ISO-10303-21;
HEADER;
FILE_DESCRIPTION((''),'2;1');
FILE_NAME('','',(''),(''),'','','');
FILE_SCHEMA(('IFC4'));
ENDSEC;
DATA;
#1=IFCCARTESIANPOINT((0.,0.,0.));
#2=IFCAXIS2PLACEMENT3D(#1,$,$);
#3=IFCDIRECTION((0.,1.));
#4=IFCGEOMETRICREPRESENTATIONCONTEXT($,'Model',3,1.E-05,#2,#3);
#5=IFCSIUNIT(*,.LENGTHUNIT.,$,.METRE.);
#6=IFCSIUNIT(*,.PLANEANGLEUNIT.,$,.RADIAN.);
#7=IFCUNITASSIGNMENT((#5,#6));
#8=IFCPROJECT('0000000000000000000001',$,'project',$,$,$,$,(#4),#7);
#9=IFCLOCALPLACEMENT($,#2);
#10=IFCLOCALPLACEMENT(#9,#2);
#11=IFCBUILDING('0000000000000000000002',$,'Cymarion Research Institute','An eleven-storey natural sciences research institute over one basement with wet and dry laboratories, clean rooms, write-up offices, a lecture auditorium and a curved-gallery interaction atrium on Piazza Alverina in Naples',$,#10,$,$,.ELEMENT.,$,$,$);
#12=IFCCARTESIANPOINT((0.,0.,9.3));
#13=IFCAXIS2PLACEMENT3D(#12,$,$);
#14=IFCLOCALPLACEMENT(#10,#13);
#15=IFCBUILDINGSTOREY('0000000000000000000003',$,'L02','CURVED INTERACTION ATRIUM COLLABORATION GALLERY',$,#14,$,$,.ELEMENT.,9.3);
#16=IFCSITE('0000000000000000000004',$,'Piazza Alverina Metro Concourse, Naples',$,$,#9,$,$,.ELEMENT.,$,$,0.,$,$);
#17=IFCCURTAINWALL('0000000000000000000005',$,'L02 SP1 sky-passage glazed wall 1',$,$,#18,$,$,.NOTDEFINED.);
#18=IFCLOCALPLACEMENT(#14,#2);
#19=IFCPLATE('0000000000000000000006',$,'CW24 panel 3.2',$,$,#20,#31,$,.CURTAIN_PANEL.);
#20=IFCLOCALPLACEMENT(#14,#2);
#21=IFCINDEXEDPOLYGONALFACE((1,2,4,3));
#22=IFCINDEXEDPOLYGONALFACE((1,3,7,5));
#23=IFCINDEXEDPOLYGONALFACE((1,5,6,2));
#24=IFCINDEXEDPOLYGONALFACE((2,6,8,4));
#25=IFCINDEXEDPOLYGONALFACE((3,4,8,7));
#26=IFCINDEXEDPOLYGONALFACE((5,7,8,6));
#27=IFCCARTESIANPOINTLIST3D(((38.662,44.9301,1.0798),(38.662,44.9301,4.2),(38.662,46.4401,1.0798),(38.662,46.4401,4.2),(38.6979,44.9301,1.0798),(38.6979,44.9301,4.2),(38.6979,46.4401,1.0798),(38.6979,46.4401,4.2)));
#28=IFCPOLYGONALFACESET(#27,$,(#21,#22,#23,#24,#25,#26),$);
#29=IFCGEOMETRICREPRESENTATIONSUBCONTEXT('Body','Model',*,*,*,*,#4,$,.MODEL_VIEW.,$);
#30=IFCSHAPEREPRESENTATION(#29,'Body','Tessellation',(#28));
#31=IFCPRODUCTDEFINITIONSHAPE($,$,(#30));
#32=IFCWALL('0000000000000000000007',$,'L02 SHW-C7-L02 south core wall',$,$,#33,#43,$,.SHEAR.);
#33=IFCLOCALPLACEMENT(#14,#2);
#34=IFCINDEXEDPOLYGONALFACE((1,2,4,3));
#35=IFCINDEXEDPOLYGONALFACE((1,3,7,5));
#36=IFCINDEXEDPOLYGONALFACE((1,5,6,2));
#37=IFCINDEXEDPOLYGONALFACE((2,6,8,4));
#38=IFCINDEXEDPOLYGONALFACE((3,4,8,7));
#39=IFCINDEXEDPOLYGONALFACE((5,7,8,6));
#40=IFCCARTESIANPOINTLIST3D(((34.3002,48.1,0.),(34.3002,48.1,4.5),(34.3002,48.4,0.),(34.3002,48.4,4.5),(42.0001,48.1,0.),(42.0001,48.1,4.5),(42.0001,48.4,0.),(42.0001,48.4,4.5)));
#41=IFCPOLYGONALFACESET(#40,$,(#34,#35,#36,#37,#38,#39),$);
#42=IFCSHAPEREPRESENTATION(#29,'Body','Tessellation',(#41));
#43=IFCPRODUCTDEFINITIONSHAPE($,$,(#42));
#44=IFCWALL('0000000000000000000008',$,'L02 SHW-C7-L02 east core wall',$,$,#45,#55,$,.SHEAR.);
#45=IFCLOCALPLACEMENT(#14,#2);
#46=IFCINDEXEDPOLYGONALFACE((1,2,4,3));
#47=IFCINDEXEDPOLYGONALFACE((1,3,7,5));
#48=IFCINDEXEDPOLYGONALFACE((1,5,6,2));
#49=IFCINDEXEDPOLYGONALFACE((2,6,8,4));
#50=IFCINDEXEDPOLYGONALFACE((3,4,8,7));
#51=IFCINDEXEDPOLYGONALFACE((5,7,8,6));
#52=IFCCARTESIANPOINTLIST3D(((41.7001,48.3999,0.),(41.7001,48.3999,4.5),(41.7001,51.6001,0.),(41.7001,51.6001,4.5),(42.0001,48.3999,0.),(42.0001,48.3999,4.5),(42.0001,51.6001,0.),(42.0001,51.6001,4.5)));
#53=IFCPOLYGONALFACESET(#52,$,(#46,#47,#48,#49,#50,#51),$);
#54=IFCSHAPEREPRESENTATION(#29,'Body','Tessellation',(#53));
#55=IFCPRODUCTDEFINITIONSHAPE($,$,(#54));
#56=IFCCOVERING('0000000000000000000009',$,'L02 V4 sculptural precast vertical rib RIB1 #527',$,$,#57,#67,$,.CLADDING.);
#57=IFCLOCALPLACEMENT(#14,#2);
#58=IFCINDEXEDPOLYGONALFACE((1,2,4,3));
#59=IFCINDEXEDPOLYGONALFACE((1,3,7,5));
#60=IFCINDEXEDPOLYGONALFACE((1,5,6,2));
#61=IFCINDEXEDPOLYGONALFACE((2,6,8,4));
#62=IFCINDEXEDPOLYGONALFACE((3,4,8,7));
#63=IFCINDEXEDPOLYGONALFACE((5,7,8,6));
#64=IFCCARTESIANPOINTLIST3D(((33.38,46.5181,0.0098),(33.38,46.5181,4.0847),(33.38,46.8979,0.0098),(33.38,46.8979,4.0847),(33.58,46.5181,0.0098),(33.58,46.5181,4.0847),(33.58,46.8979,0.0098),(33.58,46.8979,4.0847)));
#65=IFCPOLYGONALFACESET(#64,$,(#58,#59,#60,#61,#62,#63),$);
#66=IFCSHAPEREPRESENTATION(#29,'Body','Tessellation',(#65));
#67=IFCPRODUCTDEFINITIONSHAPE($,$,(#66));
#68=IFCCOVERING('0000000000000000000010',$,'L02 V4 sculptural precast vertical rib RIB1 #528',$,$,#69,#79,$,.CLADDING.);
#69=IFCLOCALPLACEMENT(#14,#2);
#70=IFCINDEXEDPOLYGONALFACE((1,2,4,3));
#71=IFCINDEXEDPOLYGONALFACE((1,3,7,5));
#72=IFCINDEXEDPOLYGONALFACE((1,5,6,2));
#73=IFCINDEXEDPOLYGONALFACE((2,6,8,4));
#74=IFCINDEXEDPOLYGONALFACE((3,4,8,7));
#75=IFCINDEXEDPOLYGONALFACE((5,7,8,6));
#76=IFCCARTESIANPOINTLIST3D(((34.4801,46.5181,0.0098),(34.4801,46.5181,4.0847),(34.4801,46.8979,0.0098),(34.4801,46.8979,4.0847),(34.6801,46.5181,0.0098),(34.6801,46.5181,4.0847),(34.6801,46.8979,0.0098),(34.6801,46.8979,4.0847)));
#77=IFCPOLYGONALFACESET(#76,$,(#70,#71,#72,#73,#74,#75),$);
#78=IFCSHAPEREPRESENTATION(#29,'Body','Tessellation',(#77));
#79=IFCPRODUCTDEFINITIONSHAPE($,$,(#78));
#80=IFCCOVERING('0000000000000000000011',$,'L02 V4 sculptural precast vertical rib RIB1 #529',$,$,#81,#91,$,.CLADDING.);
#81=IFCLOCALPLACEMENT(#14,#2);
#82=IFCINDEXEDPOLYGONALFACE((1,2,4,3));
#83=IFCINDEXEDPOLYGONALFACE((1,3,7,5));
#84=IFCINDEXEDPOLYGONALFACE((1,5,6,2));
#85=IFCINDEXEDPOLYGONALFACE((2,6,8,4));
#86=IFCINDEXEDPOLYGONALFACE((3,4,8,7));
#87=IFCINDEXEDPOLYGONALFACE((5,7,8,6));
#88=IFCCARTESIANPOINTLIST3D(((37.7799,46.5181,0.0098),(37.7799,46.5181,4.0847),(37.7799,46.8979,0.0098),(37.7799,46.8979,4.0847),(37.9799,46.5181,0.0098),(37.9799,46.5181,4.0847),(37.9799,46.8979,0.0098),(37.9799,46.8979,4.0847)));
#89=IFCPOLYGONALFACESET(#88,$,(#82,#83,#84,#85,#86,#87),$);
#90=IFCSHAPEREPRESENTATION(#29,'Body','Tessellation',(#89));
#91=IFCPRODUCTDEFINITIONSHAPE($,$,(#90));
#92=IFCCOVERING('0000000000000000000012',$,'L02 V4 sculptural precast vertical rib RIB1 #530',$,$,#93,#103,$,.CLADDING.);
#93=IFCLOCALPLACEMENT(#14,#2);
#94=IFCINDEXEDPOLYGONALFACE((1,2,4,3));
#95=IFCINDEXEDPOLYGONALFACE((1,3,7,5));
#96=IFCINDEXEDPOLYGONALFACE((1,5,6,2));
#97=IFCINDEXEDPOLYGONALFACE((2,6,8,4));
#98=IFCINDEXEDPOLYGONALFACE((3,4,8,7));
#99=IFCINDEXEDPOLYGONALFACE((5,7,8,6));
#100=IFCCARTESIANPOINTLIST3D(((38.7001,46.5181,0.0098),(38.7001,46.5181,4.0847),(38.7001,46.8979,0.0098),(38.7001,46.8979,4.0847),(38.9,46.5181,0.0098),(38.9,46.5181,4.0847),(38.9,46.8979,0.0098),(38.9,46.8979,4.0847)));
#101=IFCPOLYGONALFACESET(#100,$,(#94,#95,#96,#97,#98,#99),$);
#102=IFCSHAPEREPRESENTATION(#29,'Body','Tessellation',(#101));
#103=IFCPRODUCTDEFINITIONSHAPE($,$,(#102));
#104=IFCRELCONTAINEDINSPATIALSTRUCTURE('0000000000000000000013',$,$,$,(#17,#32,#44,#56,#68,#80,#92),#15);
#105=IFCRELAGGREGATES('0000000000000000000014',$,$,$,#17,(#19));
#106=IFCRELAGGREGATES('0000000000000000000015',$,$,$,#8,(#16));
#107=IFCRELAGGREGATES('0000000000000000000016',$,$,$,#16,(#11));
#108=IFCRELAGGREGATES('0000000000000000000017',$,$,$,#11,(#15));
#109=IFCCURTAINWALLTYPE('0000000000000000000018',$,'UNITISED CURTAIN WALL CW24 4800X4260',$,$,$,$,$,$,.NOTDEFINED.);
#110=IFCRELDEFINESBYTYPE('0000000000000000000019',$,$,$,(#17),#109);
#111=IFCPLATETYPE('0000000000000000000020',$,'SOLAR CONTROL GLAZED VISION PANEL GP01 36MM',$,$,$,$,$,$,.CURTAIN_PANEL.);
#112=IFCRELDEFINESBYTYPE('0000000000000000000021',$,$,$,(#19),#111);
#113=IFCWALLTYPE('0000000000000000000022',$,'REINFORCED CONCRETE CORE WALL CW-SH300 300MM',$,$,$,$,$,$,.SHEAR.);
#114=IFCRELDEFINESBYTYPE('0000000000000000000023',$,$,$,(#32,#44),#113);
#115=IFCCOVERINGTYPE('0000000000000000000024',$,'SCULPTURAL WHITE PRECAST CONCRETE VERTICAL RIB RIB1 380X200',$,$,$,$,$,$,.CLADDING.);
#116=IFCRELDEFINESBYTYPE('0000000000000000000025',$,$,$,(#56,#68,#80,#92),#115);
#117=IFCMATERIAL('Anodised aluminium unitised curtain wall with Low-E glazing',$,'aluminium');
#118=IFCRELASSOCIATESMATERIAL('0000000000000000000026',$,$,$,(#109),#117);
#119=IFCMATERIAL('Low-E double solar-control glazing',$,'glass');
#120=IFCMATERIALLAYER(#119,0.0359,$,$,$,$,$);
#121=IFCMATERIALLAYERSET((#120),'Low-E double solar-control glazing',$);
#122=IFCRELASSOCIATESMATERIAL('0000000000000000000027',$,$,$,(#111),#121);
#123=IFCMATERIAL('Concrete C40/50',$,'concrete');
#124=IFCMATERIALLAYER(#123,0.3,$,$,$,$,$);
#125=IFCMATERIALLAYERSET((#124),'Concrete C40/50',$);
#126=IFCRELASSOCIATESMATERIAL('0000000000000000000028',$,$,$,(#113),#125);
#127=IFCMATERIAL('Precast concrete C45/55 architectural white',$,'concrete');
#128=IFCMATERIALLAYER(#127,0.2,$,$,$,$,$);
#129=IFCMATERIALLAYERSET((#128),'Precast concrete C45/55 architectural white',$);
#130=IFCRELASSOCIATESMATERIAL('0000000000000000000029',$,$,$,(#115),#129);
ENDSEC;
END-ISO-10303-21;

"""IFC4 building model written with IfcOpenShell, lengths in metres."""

from ifc_helpers import new_model, si_unit, direction, frame, frame_2d, origin, origin_2d, place, context, subcontext, project, spatial, rectangle, extrude, material, layer, layer_set, type_object, element, aggregate, save


model = new_model("IFC4")

# Units and contexts
model_context = context("Model", 3, precision=1e-05, world=origin(), true_north=direction((0.0, 1.0)))
body_context = subcontext(model_context, "Body", "Model", "MODEL_VIEW")
ifc_project = project(units=[si_unit("LENGTHUNIT", "METRE"), si_unit("PLANEANGLEUNIT", "RADIAN")], contexts=[model_context])

# Site, building, storey
site_placement = place(None, origin())
site = spatial("IfcSite", under=ifc_project, at=site_placement, Name="Piazza Alverina Metro Concourse, Naples", CompositionType="ELEMENT", RefElevation=0.0)
building_placement = place(site_placement, origin())
building = spatial("IfcBuilding", under=site, at=building_placement, Name="Cymarion Research Institute", Description="An eleven-storey natural sciences research institute over one basement with wet and dry laboratories, clean rooms, write-up offices, a lecture auditorium and a curved-gallery interaction atrium on Piazza Alverina in Naples", CompositionType="ELEMENT")
storey_placement = place(building_placement, frame((0.0, 0.0, 9.3)))
storey = spatial("IfcBuildingStorey", under=building, at=storey_placement, Name="L02", Description="CURVED INTERACTION ATRIUM COLLABORATION GALLERY", CompositionType="ELEMENT", Elevation=9.3)

# Curtain wall
ifc_material_1 = material(Name="Anodised aluminium unitised curtain wall with Low-E glazing", Category="aluminium")
curtain_wall_type = type_object("IfcCurtainWallType", Name="UNITISED CURTAIN WALL CW24 4800X4260", PredefinedType="NOTDEFINED", material=ifc_material_1)
curtain_wall_placement = place(storey_placement, origin())
curtain_wall = element("IfcCurtainWall", 1, at=curtain_wall_placement, inside=storey, type_object=curtain_wall_type, Name="L02 SP1 sky-passage glazed wall 1", PredefinedType="NOTDEFINED")

# Plate
ifc_material_2 = material(Name="Low-E double solar-control glazing", Category="glass")
ifc_layer_1 = layer(ifc_material_2, 0.0359)
ifc_layer_set_1 = layer_set([ifc_layer_1], Name="Low-E double solar-control glazing")
plate_type_1 = type_object("IfcPlateType", Name="SOLAR CONTROL GLAZED VISION PANEL GP01 36MM", PredefinedType="CURTAIN_PANEL", material=ifc_layer_set_1)
plate_1_placement = place(storey_placement, frame((38.6799, 45.6851, 1.0798), z_axis=(0.0, 0.0, 1.0), x_axis=(0.0, 1.0, 0.0)))
plate_1 = element("IfcPlate", 2, at=plate_1_placement, type_object=plate_type_1, Name="CW24 panel 3.2", PredefinedType="CURTAIN_PANEL", context=body_context, shape_type="SweptSolid", body=[
    extrude(rectangle(XDim=1.51, YDim=0.0359, at=origin_2d()), origin(), (0.0, 0.0, 1.0), 3.1201),
])
aggregate(curtain_wall, [plate_1])

# Walls
ifc_material_3 = material(Name="Concrete C40/50", Category="concrete")
ifc_layer_2 = layer(ifc_material_3, 0.3)
ifc_layer_set_2 = layer_set([ifc_layer_2], Name="Concrete C40/50")
wall_type = type_object("IfcWallType", Name="REINFORCED CONCRETE CORE WALL CW-SH300 300MM", PredefinedType="SHEAR", material=ifc_layer_set_2)
wall_1_placement = place(storey_placement, frame((34.3, 48.25, 0.0), z_axis=(0.0, 0.0, 1.0), x_axis=(1.0, 0.0, 0.0)))
element("IfcWall", 3, at=wall_1_placement, inside=storey, type_object=wall_type, Name="L02 SHW-C7-L02 south core wall", PredefinedType="SHEAR", context=body_context, shape_type="SweptSolid", body=[
    extrude(rectangle(XDim=7.7, YDim=0.3, at=frame_2d((3.8501, 0.0))), origin(), (0.0, 0.0, 1.0), 4.5),
])
wall_2_placement = place(storey_placement, frame((41.8501, 48.3999, 0.0), z_axis=(0.0, 0.0, 1.0), x_axis=(0.0, 1.0, 0.0)))
element("IfcWall", 4, at=wall_2_placement, inside=storey, type_object=wall_type, Name="L02 SHW-C7-L02 east core wall", PredefinedType="SHEAR", context=body_context, shape_type="SweptSolid", body=[
    extrude(rectangle(XDim=3.2002, YDim=0.3, at=frame_2d((1.6001, 0.0))), origin(), (0.0, 0.0, 1.0), 4.5),
])

# Coverings
ifc_material_4 = material(Name="Precast concrete C45/55 architectural white", Category="concrete")
ifc_layer_3 = layer(ifc_material_4, 0.2)
ifc_layer_set_3 = layer_set([ifc_layer_3], Name="Precast concrete C45/55 architectural white")
covering_type = type_object("IfcCoveringType", Name="SCULPTURAL WHITE PRECAST CONCRETE VERTICAL RIB RIB1 380X200", PredefinedType="CLADDING", material=ifc_layer_set_3)
for number, where, z_axis, x_axis, name in (
    (5, (33.48, 46.708, 0.0098), (0.0, 0.0, 1.0), (0.0, -1.0, 0.0), "L02 V4 sculptural precast vertical rib RIB1 #527"),
    (6, (34.5801, 46.708, 0.0098), (0.0, 0.0, 1.0), (0.0, -1.0, 0.0), "L02 V4 sculptural precast vertical rib RIB1 #528"),
    (7, (37.8799, 46.708, 0.0098), (0.0, 0.0, 1.0), (0.0, -1.0, 0.0), "L02 V4 sculptural precast vertical rib RIB1 #529"),
    (8, (38.8, 46.708, 0.0098), (0.0, 0.0, 1.0), (0.0, -1.0, 0.0), "L02 V4 sculptural precast vertical rib RIB1 #530"),
):
    element("IfcCovering", number, at=place(storey_placement, frame(where, z_axis=z_axis, x_axis=x_axis)), inside=storey, type_object=covering_type, Name=name, PredefinedType="CLADDING", context=body_context, shape_type="SweptSolid", body=[
        extrude(rectangle(XDim=0.3799, YDim=0.2, at=origin_2d()), origin(), (0.0, 0.0, 1.0), 4.075),
    ])

save(model, "model.ifc")
